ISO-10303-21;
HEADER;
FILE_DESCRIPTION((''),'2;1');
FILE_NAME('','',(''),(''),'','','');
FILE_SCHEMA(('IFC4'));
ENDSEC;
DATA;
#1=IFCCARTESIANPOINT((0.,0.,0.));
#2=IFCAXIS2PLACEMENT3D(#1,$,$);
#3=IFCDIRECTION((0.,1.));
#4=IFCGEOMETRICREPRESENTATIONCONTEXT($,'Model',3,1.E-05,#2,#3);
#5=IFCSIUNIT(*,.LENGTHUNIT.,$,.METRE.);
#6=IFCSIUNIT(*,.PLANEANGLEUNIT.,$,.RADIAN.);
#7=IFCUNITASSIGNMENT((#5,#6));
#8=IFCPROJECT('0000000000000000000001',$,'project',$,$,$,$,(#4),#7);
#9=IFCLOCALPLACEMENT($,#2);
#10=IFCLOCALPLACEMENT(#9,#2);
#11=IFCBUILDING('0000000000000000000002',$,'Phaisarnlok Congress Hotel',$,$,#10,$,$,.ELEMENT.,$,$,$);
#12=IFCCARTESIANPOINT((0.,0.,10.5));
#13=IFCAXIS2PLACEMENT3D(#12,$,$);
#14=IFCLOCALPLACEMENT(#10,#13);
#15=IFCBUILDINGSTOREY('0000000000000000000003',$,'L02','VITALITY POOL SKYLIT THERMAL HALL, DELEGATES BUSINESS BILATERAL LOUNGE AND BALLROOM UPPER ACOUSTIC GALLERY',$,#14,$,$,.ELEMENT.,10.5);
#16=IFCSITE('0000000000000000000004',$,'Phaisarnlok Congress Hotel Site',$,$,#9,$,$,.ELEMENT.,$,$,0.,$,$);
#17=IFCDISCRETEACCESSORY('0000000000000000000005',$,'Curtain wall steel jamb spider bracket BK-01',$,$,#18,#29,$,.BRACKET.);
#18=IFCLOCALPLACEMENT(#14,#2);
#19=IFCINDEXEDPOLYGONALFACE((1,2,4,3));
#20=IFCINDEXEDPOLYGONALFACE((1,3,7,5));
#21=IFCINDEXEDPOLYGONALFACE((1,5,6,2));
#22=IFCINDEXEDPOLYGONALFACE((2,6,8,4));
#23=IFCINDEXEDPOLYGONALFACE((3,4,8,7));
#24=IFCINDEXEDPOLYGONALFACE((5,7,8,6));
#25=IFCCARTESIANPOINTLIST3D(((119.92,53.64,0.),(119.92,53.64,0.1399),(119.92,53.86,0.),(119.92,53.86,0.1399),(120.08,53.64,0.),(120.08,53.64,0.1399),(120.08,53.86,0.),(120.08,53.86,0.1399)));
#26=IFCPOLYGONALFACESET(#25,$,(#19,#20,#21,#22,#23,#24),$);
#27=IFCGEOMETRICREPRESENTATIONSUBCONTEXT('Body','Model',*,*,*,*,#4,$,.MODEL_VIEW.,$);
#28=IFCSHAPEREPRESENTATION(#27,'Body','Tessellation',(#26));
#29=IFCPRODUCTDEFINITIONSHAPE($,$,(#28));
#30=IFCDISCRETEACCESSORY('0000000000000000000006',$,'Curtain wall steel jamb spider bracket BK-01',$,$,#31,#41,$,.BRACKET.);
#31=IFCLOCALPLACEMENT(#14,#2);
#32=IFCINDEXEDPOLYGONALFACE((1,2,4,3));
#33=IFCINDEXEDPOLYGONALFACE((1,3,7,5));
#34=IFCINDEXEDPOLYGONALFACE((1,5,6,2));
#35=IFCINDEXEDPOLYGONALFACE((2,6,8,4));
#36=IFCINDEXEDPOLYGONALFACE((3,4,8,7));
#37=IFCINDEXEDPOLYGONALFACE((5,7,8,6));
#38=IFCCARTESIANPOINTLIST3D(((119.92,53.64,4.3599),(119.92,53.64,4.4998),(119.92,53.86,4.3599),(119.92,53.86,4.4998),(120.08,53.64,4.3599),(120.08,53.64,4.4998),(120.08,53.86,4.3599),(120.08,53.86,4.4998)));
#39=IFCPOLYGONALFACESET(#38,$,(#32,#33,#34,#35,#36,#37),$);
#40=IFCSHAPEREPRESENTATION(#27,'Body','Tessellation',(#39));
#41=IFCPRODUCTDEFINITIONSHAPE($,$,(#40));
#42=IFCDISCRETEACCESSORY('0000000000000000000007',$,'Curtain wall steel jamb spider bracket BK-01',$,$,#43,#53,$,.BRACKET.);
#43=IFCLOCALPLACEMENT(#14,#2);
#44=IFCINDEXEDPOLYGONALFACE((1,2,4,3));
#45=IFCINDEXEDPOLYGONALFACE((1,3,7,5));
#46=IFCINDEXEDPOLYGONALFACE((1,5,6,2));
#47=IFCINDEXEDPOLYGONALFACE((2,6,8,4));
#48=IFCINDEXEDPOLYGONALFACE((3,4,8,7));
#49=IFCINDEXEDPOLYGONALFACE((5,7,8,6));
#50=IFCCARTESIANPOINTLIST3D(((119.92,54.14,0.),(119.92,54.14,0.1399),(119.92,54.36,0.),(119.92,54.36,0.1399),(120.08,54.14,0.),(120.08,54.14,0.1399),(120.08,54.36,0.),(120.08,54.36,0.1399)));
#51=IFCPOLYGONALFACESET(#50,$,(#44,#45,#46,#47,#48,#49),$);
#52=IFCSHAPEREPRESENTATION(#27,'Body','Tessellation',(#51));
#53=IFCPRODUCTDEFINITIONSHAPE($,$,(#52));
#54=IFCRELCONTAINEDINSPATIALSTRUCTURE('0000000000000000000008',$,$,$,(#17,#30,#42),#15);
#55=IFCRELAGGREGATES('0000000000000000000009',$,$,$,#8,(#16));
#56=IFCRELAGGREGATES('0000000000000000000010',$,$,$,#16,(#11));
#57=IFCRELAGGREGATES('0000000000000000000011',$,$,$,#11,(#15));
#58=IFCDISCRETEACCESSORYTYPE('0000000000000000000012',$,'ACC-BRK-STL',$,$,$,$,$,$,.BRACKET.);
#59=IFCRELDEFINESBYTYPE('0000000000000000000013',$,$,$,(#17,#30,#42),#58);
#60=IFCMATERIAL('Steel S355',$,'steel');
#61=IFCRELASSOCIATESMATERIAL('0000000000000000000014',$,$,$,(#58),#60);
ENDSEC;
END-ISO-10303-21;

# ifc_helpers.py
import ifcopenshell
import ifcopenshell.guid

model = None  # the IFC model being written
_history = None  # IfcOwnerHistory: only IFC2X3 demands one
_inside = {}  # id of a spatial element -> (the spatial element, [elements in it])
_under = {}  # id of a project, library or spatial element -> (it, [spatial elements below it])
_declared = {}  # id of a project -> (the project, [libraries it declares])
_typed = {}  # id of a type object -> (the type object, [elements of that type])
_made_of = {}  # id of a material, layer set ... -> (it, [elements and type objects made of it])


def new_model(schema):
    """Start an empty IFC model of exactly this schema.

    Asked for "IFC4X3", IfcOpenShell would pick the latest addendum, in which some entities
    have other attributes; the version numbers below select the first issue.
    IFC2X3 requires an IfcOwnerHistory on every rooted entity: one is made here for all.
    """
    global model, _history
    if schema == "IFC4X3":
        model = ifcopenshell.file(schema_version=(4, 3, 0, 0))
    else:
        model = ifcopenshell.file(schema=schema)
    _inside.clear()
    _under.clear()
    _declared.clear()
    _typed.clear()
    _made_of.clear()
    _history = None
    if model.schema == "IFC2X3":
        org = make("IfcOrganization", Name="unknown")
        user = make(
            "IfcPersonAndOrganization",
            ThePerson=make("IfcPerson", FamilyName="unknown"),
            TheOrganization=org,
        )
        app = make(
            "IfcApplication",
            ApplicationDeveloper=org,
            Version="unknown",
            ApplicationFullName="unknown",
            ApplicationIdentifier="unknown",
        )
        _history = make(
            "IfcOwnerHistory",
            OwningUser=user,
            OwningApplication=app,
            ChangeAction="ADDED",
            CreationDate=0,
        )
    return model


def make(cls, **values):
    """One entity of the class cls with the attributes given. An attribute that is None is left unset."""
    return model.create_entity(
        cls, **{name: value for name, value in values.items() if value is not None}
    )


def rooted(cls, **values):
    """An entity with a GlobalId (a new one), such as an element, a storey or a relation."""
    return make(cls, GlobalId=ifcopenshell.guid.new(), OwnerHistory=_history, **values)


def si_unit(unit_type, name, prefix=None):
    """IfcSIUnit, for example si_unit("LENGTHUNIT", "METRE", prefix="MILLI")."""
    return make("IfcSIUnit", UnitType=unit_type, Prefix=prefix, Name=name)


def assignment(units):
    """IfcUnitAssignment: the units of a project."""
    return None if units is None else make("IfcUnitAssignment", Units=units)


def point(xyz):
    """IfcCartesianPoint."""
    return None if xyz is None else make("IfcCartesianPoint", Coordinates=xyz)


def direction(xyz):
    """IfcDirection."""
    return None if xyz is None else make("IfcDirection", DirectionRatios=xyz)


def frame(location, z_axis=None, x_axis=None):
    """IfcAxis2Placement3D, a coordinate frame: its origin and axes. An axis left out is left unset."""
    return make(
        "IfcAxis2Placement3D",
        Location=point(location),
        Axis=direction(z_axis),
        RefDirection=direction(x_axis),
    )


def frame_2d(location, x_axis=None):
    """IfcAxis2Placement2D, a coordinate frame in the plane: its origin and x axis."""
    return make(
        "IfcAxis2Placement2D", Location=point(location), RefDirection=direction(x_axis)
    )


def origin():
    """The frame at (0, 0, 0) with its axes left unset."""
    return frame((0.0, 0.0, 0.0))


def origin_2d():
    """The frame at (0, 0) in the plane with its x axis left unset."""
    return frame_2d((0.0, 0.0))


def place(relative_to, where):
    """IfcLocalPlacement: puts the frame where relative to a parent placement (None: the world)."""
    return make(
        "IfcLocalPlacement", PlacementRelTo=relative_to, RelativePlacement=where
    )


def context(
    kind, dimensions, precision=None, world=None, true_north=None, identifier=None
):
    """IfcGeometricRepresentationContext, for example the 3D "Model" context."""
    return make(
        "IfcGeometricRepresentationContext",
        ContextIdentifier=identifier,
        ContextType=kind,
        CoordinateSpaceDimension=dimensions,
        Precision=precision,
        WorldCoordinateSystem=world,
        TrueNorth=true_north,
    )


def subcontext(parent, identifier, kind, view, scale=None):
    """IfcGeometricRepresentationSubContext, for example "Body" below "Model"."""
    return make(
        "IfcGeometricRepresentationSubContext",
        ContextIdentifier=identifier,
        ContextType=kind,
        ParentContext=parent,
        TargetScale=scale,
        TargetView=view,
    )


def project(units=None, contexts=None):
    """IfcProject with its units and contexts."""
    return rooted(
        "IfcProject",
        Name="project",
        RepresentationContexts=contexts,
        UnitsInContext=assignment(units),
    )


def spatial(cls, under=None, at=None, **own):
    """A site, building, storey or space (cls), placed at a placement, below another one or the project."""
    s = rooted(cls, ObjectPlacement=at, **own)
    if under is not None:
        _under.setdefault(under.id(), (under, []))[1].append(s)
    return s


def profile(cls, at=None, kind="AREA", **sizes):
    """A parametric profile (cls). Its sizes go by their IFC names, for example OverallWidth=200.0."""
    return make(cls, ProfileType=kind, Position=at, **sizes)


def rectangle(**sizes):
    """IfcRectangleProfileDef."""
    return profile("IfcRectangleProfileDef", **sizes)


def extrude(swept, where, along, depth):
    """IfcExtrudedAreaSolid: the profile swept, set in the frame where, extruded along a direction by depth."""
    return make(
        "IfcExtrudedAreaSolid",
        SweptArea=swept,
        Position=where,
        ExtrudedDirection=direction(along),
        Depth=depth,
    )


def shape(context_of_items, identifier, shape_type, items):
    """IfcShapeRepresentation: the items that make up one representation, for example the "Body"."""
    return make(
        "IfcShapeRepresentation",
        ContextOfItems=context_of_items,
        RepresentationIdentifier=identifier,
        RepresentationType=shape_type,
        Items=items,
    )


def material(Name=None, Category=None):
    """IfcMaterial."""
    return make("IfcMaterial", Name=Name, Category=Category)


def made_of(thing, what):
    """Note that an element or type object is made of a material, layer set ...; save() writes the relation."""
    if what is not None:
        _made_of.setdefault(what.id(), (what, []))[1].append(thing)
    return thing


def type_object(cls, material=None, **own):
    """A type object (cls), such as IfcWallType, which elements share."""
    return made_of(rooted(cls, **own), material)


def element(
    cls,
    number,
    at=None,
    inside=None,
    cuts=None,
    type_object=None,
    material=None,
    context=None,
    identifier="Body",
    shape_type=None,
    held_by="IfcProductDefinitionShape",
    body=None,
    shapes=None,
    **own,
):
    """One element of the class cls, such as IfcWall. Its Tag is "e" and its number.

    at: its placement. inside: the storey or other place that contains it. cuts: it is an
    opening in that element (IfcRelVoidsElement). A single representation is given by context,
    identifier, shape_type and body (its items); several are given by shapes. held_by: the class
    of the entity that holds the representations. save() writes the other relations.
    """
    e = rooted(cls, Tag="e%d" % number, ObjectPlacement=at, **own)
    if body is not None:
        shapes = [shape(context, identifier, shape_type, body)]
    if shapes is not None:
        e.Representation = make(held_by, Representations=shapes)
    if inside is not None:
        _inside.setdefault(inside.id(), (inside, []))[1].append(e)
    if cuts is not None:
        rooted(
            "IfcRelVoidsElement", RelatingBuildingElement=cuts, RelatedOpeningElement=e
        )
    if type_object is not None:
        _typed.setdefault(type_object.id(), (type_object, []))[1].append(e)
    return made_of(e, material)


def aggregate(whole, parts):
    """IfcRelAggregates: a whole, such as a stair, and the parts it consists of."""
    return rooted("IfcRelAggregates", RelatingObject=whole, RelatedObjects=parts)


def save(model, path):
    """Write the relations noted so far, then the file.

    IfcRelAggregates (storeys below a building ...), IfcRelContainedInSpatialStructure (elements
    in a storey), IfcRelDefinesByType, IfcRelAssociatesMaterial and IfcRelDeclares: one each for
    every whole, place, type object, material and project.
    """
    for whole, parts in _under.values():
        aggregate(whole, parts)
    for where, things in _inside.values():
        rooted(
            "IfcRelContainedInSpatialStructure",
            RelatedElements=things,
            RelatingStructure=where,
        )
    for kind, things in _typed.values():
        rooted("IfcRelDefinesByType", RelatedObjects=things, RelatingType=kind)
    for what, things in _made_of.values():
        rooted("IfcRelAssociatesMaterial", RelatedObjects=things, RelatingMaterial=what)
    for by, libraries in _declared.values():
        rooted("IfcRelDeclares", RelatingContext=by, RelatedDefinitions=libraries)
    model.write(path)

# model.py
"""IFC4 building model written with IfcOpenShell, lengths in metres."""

from ifc_helpers import new_model, si_unit, direction, frame, origin, origin_2d, place, context, subcontext, project, spatial, rectangle, extrude, material, type_object, element, save


model = new_model("IFC4")

# Units and contexts
model_context = context("Model", 3, precision=1e-05, world=origin(), true_north=direction((0.0, 1.0)))
body_context = subcontext(model_context, "Body", "Model", "MODEL_VIEW")
ifc_project = project(units=[si_unit("LENGTHUNIT", "METRE"), si_unit("PLANEANGLEUNIT", "RADIAN")], contexts=[model_context])

# Site, building, storey
site_placement = place(None, origin())
site = spatial("IfcSite", under=ifc_project, at=site_placement, Name="Phaisarnlok Congress Hotel Site", CompositionType="ELEMENT", RefElevation=0.0)
building_placement = place(site_placement, origin())
building = spatial("IfcBuilding", under=site, at=building_placement, Name="Phaisarnlok Congress Hotel", CompositionType="ELEMENT")
storey_placement = place(building_placement, frame((0.0, 0.0, 10.5)))
storey = spatial("IfcBuildingStorey", under=building, at=storey_placement, Name="L02", Description="VITALITY POOL SKYLIT THERMAL HALL, DELEGATES BUSINESS BILATERAL LOUNGE AND BALLROOM UPPER ACOUSTIC GALLERY", CompositionType="ELEMENT", Elevation=10.5)

# Shared definitions
ifc_material_1 = material(Name="Steel S355", Category="steel")

# Discrete accessories
discrete_accessory_type = type_object("IfcDiscreteAccessoryType", Name="ACC-BRK-STL", PredefinedType="BRACKET", material=ifc_material_1)
for number, where, z_axis, x_axis, name in (
    (1, (120.0, 53.75, 0.0), (0.0, 0.0, 1.0), (1.0, 0.0, 0.0), "Curtain wall steel jamb spider bracket BK-01"),
    (2, (120.0, 53.75, 4.3599), (0.0, 0.0, 1.0), (1.0, 0.0, 0.0), "Curtain wall steel jamb spider bracket BK-01"),
    (3, (120.0, 54.25, 0.0), (0.0, 0.0, 1.0), (1.0, 0.0, 0.0), "Curtain wall steel jamb spider bracket BK-01"),
):
    element("IfcDiscreteAccessory", number, at=place(storey_placement, frame(where, z_axis=z_axis, x_axis=x_axis)), inside=storey, type_object=discrete_accessory_type, Name=name, PredefinedType="BRACKET", context=body_context, shape_type="SweptSolid", body=[
        extrude(rectangle(XDim=0.1599, YDim=0.22, at=origin_2d()), origin(), (0.0, 0.0, 1.0), 0.1399),
    ])

save(model, "model.ifc")
